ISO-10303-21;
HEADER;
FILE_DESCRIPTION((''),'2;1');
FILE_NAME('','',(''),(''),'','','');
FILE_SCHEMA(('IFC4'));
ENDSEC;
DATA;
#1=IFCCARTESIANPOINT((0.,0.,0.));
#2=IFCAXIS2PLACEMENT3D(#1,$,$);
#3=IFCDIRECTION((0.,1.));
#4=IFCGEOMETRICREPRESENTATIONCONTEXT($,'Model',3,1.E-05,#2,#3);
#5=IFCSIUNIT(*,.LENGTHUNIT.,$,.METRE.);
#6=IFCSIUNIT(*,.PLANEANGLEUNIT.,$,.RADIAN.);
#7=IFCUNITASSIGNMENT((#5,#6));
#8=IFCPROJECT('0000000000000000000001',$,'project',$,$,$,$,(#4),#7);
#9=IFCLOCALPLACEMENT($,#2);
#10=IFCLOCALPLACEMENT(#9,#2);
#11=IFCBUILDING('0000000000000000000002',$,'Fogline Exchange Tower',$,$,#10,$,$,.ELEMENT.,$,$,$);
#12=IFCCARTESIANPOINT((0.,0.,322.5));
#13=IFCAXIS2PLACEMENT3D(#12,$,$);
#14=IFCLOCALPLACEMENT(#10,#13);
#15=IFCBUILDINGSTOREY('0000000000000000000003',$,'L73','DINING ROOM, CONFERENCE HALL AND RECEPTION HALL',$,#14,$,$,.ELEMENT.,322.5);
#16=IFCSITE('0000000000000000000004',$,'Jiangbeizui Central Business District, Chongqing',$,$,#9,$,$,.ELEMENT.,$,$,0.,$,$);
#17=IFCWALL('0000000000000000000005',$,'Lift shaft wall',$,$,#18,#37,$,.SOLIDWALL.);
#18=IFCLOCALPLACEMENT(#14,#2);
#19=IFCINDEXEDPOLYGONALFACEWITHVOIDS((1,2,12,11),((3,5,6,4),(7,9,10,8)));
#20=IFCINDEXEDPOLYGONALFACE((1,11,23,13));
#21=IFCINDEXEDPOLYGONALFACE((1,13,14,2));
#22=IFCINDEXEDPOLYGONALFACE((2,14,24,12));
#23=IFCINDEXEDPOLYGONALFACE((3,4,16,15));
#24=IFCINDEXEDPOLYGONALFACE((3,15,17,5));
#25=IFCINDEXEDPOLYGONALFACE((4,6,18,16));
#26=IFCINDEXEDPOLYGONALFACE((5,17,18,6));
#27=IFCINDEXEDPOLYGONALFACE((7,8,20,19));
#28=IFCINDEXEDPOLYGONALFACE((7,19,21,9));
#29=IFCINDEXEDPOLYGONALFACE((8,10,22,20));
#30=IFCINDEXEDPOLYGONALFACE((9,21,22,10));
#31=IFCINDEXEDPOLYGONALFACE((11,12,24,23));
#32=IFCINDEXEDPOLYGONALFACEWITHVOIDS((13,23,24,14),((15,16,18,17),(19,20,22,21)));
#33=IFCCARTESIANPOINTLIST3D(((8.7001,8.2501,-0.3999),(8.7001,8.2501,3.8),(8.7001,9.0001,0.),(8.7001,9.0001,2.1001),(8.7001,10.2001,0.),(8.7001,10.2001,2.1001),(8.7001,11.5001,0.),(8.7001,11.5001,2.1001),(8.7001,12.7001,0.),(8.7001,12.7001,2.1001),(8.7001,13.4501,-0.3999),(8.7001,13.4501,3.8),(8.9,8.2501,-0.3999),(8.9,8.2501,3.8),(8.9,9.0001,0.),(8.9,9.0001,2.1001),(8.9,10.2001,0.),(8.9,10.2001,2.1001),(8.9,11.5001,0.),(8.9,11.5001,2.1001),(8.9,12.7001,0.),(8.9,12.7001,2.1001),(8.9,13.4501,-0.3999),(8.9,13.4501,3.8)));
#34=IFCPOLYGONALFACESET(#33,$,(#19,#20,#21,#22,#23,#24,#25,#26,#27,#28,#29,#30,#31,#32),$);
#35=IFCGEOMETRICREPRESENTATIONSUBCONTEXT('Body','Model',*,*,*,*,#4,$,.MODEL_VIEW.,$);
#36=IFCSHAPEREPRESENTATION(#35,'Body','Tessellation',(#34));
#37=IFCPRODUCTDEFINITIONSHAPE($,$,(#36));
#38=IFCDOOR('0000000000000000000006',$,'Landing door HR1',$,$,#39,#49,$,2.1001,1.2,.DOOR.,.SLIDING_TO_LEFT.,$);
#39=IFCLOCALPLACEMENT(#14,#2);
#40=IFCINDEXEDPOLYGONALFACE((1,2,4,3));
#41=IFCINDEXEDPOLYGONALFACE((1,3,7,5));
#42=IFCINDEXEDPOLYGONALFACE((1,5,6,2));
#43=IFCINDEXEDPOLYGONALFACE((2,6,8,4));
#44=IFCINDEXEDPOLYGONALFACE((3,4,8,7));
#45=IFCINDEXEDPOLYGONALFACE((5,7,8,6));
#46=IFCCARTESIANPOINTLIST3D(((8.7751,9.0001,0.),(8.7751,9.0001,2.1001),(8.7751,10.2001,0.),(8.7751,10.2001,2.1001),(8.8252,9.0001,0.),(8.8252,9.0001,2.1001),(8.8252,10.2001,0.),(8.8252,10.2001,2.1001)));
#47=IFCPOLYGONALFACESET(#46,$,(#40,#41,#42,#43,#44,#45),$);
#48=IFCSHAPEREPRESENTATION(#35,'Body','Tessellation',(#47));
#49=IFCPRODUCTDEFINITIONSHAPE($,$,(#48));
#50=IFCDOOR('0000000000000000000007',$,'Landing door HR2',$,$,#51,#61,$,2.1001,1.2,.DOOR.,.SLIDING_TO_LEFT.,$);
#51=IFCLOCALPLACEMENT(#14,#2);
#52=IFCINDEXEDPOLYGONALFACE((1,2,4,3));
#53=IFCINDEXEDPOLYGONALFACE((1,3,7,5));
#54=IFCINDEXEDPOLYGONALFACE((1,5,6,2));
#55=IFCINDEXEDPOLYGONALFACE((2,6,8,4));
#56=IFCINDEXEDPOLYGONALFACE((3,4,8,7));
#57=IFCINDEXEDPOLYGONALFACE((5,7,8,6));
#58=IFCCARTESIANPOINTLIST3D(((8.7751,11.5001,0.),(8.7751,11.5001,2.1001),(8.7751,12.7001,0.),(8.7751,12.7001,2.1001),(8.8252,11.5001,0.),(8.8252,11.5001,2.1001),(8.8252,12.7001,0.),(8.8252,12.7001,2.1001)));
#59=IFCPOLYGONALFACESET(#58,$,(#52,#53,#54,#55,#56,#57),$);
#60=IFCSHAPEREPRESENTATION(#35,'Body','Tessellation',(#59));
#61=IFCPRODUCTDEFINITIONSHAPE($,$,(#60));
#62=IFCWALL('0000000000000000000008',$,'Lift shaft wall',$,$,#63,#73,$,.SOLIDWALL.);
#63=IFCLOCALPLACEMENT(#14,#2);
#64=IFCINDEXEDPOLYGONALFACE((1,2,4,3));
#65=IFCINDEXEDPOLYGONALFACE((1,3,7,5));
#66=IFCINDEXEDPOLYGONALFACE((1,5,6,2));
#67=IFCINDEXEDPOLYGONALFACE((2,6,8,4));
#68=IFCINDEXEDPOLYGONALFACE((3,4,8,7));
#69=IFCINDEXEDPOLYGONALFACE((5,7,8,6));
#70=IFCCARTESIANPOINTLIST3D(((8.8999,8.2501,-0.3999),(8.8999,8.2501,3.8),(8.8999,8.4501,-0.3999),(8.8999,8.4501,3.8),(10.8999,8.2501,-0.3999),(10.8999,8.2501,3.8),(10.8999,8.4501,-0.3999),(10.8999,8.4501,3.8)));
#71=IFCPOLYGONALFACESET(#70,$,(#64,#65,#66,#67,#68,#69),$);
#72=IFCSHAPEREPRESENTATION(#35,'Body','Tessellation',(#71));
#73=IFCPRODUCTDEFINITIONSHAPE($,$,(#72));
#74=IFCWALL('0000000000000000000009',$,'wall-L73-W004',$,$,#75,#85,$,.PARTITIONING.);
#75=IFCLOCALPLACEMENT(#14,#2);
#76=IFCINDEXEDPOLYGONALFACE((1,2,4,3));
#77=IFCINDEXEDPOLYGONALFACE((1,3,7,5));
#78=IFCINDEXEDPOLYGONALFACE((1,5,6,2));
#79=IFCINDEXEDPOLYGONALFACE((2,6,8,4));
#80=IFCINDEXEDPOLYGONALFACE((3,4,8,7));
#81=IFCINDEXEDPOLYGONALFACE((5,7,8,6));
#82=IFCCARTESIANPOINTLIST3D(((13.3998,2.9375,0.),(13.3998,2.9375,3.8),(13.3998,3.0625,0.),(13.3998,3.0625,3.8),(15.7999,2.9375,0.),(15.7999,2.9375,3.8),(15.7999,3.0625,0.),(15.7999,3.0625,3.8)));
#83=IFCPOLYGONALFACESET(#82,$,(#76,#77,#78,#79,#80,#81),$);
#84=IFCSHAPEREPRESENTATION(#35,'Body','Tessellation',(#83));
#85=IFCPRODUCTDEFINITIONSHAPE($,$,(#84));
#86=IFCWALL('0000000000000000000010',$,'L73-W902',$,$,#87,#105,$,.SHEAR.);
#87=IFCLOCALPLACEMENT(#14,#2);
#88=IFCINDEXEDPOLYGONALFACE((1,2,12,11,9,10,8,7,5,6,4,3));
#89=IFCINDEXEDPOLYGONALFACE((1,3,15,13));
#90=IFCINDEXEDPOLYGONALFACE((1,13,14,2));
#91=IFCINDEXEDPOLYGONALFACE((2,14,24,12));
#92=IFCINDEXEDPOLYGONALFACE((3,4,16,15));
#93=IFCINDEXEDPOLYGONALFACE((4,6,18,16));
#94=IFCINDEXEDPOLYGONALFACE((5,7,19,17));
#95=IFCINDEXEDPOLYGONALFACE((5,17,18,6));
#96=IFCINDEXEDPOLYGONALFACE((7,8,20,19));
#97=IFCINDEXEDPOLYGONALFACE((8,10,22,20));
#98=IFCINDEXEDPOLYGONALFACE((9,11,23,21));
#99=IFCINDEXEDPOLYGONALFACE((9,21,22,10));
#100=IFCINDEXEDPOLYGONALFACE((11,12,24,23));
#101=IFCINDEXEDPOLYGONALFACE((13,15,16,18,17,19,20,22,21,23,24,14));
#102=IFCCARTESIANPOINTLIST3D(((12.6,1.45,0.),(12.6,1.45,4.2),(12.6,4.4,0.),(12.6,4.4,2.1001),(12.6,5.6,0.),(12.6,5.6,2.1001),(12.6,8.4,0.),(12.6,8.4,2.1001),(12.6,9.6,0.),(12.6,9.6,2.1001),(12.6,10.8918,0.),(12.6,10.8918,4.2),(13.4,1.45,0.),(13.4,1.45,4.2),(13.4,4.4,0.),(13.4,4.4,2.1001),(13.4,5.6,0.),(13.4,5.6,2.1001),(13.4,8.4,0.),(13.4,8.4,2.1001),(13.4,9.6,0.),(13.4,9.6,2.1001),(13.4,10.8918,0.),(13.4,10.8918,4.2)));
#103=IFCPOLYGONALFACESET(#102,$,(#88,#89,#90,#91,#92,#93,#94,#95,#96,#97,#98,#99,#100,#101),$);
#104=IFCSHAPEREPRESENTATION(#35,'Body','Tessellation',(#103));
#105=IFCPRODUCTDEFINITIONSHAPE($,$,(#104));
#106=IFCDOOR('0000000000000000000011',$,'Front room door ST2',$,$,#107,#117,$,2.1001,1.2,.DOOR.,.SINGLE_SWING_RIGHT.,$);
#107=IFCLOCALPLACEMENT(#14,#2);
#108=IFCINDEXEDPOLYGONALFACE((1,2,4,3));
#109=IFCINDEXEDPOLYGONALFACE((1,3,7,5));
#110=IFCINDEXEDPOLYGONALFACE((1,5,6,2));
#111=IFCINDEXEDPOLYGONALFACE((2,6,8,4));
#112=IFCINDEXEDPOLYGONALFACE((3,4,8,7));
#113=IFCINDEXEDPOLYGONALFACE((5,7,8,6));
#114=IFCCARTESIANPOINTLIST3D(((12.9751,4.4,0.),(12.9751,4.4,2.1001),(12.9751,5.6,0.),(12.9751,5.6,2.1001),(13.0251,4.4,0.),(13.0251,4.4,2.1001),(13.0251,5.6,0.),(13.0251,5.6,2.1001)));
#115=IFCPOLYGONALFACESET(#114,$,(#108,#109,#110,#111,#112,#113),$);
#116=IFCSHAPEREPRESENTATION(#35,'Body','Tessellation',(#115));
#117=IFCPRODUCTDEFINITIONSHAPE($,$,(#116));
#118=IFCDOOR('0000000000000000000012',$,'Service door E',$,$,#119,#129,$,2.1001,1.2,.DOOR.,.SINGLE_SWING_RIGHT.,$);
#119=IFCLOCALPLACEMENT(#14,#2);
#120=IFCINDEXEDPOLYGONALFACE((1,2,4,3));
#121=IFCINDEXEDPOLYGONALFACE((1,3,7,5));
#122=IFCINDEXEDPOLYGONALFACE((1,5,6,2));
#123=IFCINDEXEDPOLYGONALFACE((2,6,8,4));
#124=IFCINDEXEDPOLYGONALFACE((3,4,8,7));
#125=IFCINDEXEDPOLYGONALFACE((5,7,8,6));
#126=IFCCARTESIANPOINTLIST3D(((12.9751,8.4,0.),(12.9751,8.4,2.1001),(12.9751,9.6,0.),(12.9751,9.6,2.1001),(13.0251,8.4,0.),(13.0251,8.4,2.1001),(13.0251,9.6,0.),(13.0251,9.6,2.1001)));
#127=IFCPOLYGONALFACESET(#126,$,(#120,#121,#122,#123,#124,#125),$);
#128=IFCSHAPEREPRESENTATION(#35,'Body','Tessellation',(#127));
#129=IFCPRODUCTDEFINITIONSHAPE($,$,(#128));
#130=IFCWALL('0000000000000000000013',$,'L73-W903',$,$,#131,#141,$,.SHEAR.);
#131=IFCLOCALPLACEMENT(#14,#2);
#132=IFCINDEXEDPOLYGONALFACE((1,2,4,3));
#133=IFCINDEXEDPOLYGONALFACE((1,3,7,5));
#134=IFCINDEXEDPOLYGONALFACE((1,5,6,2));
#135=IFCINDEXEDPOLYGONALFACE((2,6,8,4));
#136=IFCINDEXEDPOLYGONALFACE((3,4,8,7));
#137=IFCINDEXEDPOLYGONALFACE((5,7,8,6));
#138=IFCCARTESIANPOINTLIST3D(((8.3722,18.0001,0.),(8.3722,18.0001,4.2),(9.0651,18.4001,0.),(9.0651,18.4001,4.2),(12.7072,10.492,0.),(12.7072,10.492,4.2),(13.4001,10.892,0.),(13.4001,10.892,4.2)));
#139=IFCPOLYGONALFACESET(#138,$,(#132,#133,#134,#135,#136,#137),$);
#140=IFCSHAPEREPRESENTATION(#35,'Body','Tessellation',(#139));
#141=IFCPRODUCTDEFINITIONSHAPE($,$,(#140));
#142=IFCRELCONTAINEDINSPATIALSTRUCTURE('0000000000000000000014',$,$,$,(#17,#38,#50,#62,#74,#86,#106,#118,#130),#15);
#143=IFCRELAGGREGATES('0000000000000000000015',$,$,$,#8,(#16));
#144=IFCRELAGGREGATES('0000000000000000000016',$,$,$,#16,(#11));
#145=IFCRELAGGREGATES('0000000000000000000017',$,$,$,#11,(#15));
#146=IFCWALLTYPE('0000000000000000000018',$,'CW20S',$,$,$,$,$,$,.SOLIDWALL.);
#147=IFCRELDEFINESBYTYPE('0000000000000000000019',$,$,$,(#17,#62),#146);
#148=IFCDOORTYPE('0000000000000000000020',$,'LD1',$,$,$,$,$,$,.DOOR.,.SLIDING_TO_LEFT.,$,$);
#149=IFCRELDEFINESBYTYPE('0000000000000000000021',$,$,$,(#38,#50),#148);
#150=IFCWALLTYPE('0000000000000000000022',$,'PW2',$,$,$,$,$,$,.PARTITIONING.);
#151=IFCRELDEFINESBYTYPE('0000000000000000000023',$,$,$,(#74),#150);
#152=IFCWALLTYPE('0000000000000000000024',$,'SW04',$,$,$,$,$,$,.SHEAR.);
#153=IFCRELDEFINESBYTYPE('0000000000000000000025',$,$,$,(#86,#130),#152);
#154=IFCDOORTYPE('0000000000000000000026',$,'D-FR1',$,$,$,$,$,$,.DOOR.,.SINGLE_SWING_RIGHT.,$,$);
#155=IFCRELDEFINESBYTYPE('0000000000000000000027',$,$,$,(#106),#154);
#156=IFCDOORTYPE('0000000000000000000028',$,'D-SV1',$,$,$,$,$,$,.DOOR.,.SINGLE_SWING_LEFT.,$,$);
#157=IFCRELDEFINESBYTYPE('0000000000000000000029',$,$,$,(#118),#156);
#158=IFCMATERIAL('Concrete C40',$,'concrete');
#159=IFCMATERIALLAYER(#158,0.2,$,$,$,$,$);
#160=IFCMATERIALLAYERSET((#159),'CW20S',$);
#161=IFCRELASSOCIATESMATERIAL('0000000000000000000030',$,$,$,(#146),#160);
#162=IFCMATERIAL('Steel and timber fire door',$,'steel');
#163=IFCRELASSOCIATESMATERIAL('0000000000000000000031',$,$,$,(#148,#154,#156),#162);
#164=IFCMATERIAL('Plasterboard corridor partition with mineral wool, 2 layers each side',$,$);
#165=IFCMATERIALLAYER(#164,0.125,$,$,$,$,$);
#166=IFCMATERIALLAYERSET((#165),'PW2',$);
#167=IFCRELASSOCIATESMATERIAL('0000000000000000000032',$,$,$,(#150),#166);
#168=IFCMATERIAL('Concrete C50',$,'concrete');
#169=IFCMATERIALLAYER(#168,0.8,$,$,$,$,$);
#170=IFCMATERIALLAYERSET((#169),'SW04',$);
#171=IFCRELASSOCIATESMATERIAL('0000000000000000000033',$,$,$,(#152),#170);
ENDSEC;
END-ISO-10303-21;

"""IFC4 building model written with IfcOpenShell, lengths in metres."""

from ifc_helpers import new_model, si_unit, direction, frame, frame_2d, origin, place, context, subcontext, project, spatial, rectangle, extrude, material, layer, layer_set, type_object, element, fill, save


model = new_model("IFC4")

# Units and contexts
model_context = context("Model", 3, precision=1e-05, world=origin(), true_north=direction((0.0, 1.0)))
body_context = subcontext(model_context, "Body", "Model", "MODEL_VIEW")
ifc_project = project(units=[si_unit("LENGTHUNIT", "METRE"), si_unit("PLANEANGLEUNIT", "RADIAN")], contexts=[model_context])

# Site, building, storey
site_placement = place(None, origin())
site = spatial("IfcSite", under=ifc_project, at=site_placement, Name="Jiangbeizui Central Business District, Chongqing", CompositionType="ELEMENT", RefElevation=0.0)
building_placement = place(site_placement, origin())
building = spatial("IfcBuilding", under=site, at=building_placement, Name="Fogline Exchange Tower", CompositionType="ELEMENT")
storey_placement = place(building_placement, frame((0.0, 0.0, 322.5)))
storey = spatial("IfcBuildingStorey", under=building, at=storey_placement, Name="L73", Description="DINING ROOM, CONFERENCE HALL AND RECEPTION HALL", CompositionType="ELEMENT", Elevation=322.5)

# Shared definitions
ifc_material_1 = material(Name="Concrete C40", Category="concrete")

# Shared definitions
ifc_material_2 = material(Name="Steel and timber fire door", Category="steel")

# Wall, openings, doors
ifc_layer_1 = layer(ifc_material_1, 0.2)
ifc_layer_set_1 = layer_set([ifc_layer_1], Name="CW20S")
wall_type_1 = type_object("IfcWallType", Name="CW20S", PredefinedType="SOLIDWALL", material=ifc_layer_set_1)
wall_1_placement = place(storey_placement, frame((8.8, 8.25, -0.3999), z_axis=(0.0, 0.0, 1.0), x_axis=(0.0, 1.0, 0.0)))
wall_1 = element("IfcWall", 1, at=wall_1_placement, inside=storey, type_object=wall_type_1, Name="Lift shaft wall", PredefinedType="SOLIDWALL", context=body_context, shape_type="SweptSolid", body=[
    extrude(rectangle(XDim=5.2, YDim=0.2, at=frame_2d((2.6001, 0.0))), origin(), (0.0, 0.0, 1.0), 4.2),
])
opening_1_placement = place(wall_1_placement, frame((0.75, 0.0, 0.3999)))
opening_1 = element("IfcOpeningElement", 2, at=opening_1_placement, cuts=wall_1, PredefinedType="OPENING", context=body_context, shape_type="SweptSolid", body=[
    extrude(rectangle(XDim=1.2, YDim=2.1001, at=frame_2d((0.6001, 1.05))), frame((0.0, 0.1099, 0.0), z_axis=(0.0, -1.0, 0.0), x_axis=(1.0, 0.0, 0.0)), (0.0, 0.0, 1.0), 0.22),
])
opening_2_placement = place(wall_1_placement, frame((3.25, 0.0, 0.3999)))
opening_2 = element("IfcOpeningElement", 3, at=opening_2_placement, cuts=wall_1, PredefinedType="OPENING", context=body_context, shape_type="SweptSolid", body=[
    extrude(rectangle(XDim=1.2, YDim=2.1001, at=frame_2d((0.6001, 1.05))), frame((0.0, 0.1099, 0.0), z_axis=(0.0, -1.0, 0.0), x_axis=(1.0, 0.0, 0.0)), (0.0, 0.0, 1.0), 0.22),
])
door_type_1 = type_object("IfcDoorType", Name="LD1", OperationType="SLIDING_TO_LEFT", PredefinedType="DOOR", material=ifc_material_2)
door_1_placement = place(opening_1_placement, origin())
door_1 = element("IfcDoor", 4, at=door_1_placement, inside=storey, type_object=door_type_1, Name="Landing door HR1", OperationType="SLIDING_TO_LEFT", OverallHeight=2.1001, OverallWidth=1.2, PredefinedType="DOOR", context=body_context, shape_type="SweptSolid", body=[
    extrude(rectangle(XDim=1.2, YDim=2.1001, at=frame_2d((0.6001, 1.05))), frame((0.0, 0.0249, 0.0), z_axis=(0.0, -1.0, 0.0), x_axis=(1.0, 0.0, 0.0)), (0.0, 0.0, 1.0), 0.05),
])
fill(opening_1, door_1)
door_2_placement = place(opening_2_placement, origin())
door_2 = element("IfcDoor", 5, at=door_2_placement, inside=storey, type_object=door_type_1, Name="Landing door HR2", OperationType="SLIDING_TO_LEFT", OverallHeight=2.1001, OverallWidth=1.2, PredefinedType="DOOR", context=body_context, shape_type="SweptSolid", body=[
    extrude(rectangle(XDim=1.2, YDim=2.1001, at=frame_2d((0.6001, 1.05))), frame((0.0, 0.0249, 0.0), z_axis=(0.0, -1.0, 0.0), x_axis=(1.0, 0.0, 0.0)), (0.0, 0.0, 1.0), 0.05),
])
fill(opening_2, door_2)

# Walls
wall_2_placement = place(storey_placement, frame((8.8999, 8.3501, -0.3999), z_axis=(0.0, 0.0, 1.0), x_axis=(1.0, 0.0, 0.0)))
element("IfcWall", 6, at=wall_2_placement, inside=storey, type_object=wall_type_1, Name="Lift shaft wall", PredefinedType="SOLIDWALL", context=body_context, shape_type="SweptSolid", body=[
    extrude(rectangle(XDim=2.0, YDim=0.2, at=frame_2d((1.0, 0.0))), origin(), (0.0, 0.0, 1.0), 4.2),
])
ifc_material_3 = material(Name="Plasterboard corridor partition with mineral wool, 2 layers each side")
ifc_layer_2 = layer(ifc_material_3, 0.125)
ifc_layer_set_2 = layer_set([ifc_layer_2], Name="PW2")
wall_type_2 = type_object("IfcWallType", Name="PW2", PredefinedType="PARTITIONING", material=ifc_layer_set_2)
wall_3_placement = place(storey_placement, frame((15.8, 3.0, 0.0), z_axis=(0.0, 0.0, 1.0), x_axis=(-1.0, 0.0, 0.0)))
element("IfcWall", 7, at=wall_3_placement, inside=storey, type_object=wall_type_2, Name="wall-L73-W004", PredefinedType="PARTITIONING", context=body_context, shape_type="SweptSolid", body=[
    extrude(rectangle(XDim=2.4001, YDim=0.125, at=frame_2d((1.2002, 0.0))), origin(), (0.0, 0.0, 1.0), 3.8),
])

# Wall, openings, doors
ifc_material_4 = material(Name="Concrete C50", Category="concrete")
ifc_layer_3 = layer(ifc_material_4, 0.8)
ifc_layer_set_3 = layer_set([ifc_layer_3], Name="SW04")
wall_type_3 = type_object("IfcWallType", Name="SW04", PredefinedType="SHEAR", material=ifc_layer_set_3)
wall_4_placement = place(storey_placement, frame((13.0, 1.45, 0.0), z_axis=(0.0, 0.0, 1.0), x_axis=(0.0, 1.0, 0.0)))
wall_4 = element("IfcWall", 8, at=wall_4_placement, inside=storey, type_object=wall_type_3, Name="L73-W902", PredefinedType="SHEAR", context=body_context, shape_type="SweptSolid", body=[
    extrude(rectangle(XDim=9.4419, YDim=0.8, at=frame_2d((4.7209, 0.0))), origin(), (0.0, 0.0, 1.0), 4.2),
])
opening_3_placement = place(wall_4_placement, frame((2.95, 0.0, 0.0)))
opening_3 = element("IfcOpeningElement", 9, at=opening_3_placement, cuts=wall_4, PredefinedType="OPENING", context=body_context, shape_type="SweptSolid", body=[
    extrude(rectangle(XDim=1.2, YDim=2.1001, at=frame_2d((0.6001, 1.05))), frame((0.0, 0.4102, 0.0), z_axis=(0.0, -1.0, 0.0), x_axis=(1.0, 0.0, 0.0)), (0.0, 0.0, 1.0), 0.8201),
])
opening_4_placement = place(wall_4_placement, frame((6.95, 0.0, 0.0)))
opening_4 = element("IfcOpeningElement", 10, at=opening_4_placement, cuts=wall_4, PredefinedType="OPENING", context=body_context, shape_type="SweptSolid", body=[
    extrude(rectangle(XDim=1.2, YDim=2.1001, at=frame_2d((0.6001, 1.05))), frame((0.0, 0.4102, 0.0), z_axis=(0.0, -1.0, 0.0), x_axis=(1.0, 0.0, 0.0)), (0.0, 0.0, 1.0), 0.8201),
])
door_type_2 = type_object("IfcDoorType", Name="D-FR1", OperationType="SINGLE_SWING_RIGHT", PredefinedType="DOOR", material=ifc_material_2)
door_3_placement = place(opening_3_placement, origin())
door_3 = element("IfcDoor", 11, at=door_3_placement, inside=storey, type_object=door_type_2, Name="Front room door ST2", OperationType="SINGLE_SWING_RIGHT", OverallHeight=2.1001, OverallWidth=1.2, PredefinedType="DOOR", context=body_context, shape_type="SweptSolid", body=[
    extrude(rectangle(XDim=1.2, YDim=2.1001, at=frame_2d((0.6001, 1.05))), frame((0.0, 0.0249, 0.0), z_axis=(0.0, -1.0, 0.0), x_axis=(1.0, 0.0, 0.0)), (0.0, 0.0, 1.0), 0.05),
])
fill(opening_3, door_3)
door_type_3 = type_object("IfcDoorType", Name="D-SV1", OperationType="SINGLE_SWING_LEFT", PredefinedType="DOOR", material=ifc_material_2)
door_4_placement = place(opening_4_placement, origin())
door_4 = element("IfcDoor", 12, at=door_4_placement, inside=storey, type_object=door_type_3, Name="Service door E", OperationType="SINGLE_SWING_RIGHT", OverallHeight=2.1001, OverallWidth=1.2, PredefinedType="DOOR", context=body_context, shape_type="SweptSolid", body=[
    extrude(rectangle(XDim=1.2, YDim=2.1001, at=frame_2d((0.6001, 1.05))), frame((0.0, 0.0249, 0.0), z_axis=(0.0, -1.0, 0.0), x_axis=(1.0, 0.0, 0.0)), (0.0, 0.0, 1.0), 0.05),
])
fill(opening_4, door_4)

# Wall
wall_5_placement = place(storey_placement, frame((13.0537, 10.6919, 0.0), z_axis=(0.0, 0.0, 1.0), x_axis=(-0.500016, 0.866016, 0.0)))
element("IfcWall", 13, at=wall_5_placement, inside=storey, type_object=wall_type_3, Name="L73-W903", PredefinedType="SHEAR", context=body_context, shape_type="SweptSolid", body=[
    extrude(rectangle(XDim=8.6697, YDim=0.8, at=frame_2d((4.335, 0.0))), origin(), (0.0, 0.0, 1.0), 4.2),
])

save(model, "model.ifc")
